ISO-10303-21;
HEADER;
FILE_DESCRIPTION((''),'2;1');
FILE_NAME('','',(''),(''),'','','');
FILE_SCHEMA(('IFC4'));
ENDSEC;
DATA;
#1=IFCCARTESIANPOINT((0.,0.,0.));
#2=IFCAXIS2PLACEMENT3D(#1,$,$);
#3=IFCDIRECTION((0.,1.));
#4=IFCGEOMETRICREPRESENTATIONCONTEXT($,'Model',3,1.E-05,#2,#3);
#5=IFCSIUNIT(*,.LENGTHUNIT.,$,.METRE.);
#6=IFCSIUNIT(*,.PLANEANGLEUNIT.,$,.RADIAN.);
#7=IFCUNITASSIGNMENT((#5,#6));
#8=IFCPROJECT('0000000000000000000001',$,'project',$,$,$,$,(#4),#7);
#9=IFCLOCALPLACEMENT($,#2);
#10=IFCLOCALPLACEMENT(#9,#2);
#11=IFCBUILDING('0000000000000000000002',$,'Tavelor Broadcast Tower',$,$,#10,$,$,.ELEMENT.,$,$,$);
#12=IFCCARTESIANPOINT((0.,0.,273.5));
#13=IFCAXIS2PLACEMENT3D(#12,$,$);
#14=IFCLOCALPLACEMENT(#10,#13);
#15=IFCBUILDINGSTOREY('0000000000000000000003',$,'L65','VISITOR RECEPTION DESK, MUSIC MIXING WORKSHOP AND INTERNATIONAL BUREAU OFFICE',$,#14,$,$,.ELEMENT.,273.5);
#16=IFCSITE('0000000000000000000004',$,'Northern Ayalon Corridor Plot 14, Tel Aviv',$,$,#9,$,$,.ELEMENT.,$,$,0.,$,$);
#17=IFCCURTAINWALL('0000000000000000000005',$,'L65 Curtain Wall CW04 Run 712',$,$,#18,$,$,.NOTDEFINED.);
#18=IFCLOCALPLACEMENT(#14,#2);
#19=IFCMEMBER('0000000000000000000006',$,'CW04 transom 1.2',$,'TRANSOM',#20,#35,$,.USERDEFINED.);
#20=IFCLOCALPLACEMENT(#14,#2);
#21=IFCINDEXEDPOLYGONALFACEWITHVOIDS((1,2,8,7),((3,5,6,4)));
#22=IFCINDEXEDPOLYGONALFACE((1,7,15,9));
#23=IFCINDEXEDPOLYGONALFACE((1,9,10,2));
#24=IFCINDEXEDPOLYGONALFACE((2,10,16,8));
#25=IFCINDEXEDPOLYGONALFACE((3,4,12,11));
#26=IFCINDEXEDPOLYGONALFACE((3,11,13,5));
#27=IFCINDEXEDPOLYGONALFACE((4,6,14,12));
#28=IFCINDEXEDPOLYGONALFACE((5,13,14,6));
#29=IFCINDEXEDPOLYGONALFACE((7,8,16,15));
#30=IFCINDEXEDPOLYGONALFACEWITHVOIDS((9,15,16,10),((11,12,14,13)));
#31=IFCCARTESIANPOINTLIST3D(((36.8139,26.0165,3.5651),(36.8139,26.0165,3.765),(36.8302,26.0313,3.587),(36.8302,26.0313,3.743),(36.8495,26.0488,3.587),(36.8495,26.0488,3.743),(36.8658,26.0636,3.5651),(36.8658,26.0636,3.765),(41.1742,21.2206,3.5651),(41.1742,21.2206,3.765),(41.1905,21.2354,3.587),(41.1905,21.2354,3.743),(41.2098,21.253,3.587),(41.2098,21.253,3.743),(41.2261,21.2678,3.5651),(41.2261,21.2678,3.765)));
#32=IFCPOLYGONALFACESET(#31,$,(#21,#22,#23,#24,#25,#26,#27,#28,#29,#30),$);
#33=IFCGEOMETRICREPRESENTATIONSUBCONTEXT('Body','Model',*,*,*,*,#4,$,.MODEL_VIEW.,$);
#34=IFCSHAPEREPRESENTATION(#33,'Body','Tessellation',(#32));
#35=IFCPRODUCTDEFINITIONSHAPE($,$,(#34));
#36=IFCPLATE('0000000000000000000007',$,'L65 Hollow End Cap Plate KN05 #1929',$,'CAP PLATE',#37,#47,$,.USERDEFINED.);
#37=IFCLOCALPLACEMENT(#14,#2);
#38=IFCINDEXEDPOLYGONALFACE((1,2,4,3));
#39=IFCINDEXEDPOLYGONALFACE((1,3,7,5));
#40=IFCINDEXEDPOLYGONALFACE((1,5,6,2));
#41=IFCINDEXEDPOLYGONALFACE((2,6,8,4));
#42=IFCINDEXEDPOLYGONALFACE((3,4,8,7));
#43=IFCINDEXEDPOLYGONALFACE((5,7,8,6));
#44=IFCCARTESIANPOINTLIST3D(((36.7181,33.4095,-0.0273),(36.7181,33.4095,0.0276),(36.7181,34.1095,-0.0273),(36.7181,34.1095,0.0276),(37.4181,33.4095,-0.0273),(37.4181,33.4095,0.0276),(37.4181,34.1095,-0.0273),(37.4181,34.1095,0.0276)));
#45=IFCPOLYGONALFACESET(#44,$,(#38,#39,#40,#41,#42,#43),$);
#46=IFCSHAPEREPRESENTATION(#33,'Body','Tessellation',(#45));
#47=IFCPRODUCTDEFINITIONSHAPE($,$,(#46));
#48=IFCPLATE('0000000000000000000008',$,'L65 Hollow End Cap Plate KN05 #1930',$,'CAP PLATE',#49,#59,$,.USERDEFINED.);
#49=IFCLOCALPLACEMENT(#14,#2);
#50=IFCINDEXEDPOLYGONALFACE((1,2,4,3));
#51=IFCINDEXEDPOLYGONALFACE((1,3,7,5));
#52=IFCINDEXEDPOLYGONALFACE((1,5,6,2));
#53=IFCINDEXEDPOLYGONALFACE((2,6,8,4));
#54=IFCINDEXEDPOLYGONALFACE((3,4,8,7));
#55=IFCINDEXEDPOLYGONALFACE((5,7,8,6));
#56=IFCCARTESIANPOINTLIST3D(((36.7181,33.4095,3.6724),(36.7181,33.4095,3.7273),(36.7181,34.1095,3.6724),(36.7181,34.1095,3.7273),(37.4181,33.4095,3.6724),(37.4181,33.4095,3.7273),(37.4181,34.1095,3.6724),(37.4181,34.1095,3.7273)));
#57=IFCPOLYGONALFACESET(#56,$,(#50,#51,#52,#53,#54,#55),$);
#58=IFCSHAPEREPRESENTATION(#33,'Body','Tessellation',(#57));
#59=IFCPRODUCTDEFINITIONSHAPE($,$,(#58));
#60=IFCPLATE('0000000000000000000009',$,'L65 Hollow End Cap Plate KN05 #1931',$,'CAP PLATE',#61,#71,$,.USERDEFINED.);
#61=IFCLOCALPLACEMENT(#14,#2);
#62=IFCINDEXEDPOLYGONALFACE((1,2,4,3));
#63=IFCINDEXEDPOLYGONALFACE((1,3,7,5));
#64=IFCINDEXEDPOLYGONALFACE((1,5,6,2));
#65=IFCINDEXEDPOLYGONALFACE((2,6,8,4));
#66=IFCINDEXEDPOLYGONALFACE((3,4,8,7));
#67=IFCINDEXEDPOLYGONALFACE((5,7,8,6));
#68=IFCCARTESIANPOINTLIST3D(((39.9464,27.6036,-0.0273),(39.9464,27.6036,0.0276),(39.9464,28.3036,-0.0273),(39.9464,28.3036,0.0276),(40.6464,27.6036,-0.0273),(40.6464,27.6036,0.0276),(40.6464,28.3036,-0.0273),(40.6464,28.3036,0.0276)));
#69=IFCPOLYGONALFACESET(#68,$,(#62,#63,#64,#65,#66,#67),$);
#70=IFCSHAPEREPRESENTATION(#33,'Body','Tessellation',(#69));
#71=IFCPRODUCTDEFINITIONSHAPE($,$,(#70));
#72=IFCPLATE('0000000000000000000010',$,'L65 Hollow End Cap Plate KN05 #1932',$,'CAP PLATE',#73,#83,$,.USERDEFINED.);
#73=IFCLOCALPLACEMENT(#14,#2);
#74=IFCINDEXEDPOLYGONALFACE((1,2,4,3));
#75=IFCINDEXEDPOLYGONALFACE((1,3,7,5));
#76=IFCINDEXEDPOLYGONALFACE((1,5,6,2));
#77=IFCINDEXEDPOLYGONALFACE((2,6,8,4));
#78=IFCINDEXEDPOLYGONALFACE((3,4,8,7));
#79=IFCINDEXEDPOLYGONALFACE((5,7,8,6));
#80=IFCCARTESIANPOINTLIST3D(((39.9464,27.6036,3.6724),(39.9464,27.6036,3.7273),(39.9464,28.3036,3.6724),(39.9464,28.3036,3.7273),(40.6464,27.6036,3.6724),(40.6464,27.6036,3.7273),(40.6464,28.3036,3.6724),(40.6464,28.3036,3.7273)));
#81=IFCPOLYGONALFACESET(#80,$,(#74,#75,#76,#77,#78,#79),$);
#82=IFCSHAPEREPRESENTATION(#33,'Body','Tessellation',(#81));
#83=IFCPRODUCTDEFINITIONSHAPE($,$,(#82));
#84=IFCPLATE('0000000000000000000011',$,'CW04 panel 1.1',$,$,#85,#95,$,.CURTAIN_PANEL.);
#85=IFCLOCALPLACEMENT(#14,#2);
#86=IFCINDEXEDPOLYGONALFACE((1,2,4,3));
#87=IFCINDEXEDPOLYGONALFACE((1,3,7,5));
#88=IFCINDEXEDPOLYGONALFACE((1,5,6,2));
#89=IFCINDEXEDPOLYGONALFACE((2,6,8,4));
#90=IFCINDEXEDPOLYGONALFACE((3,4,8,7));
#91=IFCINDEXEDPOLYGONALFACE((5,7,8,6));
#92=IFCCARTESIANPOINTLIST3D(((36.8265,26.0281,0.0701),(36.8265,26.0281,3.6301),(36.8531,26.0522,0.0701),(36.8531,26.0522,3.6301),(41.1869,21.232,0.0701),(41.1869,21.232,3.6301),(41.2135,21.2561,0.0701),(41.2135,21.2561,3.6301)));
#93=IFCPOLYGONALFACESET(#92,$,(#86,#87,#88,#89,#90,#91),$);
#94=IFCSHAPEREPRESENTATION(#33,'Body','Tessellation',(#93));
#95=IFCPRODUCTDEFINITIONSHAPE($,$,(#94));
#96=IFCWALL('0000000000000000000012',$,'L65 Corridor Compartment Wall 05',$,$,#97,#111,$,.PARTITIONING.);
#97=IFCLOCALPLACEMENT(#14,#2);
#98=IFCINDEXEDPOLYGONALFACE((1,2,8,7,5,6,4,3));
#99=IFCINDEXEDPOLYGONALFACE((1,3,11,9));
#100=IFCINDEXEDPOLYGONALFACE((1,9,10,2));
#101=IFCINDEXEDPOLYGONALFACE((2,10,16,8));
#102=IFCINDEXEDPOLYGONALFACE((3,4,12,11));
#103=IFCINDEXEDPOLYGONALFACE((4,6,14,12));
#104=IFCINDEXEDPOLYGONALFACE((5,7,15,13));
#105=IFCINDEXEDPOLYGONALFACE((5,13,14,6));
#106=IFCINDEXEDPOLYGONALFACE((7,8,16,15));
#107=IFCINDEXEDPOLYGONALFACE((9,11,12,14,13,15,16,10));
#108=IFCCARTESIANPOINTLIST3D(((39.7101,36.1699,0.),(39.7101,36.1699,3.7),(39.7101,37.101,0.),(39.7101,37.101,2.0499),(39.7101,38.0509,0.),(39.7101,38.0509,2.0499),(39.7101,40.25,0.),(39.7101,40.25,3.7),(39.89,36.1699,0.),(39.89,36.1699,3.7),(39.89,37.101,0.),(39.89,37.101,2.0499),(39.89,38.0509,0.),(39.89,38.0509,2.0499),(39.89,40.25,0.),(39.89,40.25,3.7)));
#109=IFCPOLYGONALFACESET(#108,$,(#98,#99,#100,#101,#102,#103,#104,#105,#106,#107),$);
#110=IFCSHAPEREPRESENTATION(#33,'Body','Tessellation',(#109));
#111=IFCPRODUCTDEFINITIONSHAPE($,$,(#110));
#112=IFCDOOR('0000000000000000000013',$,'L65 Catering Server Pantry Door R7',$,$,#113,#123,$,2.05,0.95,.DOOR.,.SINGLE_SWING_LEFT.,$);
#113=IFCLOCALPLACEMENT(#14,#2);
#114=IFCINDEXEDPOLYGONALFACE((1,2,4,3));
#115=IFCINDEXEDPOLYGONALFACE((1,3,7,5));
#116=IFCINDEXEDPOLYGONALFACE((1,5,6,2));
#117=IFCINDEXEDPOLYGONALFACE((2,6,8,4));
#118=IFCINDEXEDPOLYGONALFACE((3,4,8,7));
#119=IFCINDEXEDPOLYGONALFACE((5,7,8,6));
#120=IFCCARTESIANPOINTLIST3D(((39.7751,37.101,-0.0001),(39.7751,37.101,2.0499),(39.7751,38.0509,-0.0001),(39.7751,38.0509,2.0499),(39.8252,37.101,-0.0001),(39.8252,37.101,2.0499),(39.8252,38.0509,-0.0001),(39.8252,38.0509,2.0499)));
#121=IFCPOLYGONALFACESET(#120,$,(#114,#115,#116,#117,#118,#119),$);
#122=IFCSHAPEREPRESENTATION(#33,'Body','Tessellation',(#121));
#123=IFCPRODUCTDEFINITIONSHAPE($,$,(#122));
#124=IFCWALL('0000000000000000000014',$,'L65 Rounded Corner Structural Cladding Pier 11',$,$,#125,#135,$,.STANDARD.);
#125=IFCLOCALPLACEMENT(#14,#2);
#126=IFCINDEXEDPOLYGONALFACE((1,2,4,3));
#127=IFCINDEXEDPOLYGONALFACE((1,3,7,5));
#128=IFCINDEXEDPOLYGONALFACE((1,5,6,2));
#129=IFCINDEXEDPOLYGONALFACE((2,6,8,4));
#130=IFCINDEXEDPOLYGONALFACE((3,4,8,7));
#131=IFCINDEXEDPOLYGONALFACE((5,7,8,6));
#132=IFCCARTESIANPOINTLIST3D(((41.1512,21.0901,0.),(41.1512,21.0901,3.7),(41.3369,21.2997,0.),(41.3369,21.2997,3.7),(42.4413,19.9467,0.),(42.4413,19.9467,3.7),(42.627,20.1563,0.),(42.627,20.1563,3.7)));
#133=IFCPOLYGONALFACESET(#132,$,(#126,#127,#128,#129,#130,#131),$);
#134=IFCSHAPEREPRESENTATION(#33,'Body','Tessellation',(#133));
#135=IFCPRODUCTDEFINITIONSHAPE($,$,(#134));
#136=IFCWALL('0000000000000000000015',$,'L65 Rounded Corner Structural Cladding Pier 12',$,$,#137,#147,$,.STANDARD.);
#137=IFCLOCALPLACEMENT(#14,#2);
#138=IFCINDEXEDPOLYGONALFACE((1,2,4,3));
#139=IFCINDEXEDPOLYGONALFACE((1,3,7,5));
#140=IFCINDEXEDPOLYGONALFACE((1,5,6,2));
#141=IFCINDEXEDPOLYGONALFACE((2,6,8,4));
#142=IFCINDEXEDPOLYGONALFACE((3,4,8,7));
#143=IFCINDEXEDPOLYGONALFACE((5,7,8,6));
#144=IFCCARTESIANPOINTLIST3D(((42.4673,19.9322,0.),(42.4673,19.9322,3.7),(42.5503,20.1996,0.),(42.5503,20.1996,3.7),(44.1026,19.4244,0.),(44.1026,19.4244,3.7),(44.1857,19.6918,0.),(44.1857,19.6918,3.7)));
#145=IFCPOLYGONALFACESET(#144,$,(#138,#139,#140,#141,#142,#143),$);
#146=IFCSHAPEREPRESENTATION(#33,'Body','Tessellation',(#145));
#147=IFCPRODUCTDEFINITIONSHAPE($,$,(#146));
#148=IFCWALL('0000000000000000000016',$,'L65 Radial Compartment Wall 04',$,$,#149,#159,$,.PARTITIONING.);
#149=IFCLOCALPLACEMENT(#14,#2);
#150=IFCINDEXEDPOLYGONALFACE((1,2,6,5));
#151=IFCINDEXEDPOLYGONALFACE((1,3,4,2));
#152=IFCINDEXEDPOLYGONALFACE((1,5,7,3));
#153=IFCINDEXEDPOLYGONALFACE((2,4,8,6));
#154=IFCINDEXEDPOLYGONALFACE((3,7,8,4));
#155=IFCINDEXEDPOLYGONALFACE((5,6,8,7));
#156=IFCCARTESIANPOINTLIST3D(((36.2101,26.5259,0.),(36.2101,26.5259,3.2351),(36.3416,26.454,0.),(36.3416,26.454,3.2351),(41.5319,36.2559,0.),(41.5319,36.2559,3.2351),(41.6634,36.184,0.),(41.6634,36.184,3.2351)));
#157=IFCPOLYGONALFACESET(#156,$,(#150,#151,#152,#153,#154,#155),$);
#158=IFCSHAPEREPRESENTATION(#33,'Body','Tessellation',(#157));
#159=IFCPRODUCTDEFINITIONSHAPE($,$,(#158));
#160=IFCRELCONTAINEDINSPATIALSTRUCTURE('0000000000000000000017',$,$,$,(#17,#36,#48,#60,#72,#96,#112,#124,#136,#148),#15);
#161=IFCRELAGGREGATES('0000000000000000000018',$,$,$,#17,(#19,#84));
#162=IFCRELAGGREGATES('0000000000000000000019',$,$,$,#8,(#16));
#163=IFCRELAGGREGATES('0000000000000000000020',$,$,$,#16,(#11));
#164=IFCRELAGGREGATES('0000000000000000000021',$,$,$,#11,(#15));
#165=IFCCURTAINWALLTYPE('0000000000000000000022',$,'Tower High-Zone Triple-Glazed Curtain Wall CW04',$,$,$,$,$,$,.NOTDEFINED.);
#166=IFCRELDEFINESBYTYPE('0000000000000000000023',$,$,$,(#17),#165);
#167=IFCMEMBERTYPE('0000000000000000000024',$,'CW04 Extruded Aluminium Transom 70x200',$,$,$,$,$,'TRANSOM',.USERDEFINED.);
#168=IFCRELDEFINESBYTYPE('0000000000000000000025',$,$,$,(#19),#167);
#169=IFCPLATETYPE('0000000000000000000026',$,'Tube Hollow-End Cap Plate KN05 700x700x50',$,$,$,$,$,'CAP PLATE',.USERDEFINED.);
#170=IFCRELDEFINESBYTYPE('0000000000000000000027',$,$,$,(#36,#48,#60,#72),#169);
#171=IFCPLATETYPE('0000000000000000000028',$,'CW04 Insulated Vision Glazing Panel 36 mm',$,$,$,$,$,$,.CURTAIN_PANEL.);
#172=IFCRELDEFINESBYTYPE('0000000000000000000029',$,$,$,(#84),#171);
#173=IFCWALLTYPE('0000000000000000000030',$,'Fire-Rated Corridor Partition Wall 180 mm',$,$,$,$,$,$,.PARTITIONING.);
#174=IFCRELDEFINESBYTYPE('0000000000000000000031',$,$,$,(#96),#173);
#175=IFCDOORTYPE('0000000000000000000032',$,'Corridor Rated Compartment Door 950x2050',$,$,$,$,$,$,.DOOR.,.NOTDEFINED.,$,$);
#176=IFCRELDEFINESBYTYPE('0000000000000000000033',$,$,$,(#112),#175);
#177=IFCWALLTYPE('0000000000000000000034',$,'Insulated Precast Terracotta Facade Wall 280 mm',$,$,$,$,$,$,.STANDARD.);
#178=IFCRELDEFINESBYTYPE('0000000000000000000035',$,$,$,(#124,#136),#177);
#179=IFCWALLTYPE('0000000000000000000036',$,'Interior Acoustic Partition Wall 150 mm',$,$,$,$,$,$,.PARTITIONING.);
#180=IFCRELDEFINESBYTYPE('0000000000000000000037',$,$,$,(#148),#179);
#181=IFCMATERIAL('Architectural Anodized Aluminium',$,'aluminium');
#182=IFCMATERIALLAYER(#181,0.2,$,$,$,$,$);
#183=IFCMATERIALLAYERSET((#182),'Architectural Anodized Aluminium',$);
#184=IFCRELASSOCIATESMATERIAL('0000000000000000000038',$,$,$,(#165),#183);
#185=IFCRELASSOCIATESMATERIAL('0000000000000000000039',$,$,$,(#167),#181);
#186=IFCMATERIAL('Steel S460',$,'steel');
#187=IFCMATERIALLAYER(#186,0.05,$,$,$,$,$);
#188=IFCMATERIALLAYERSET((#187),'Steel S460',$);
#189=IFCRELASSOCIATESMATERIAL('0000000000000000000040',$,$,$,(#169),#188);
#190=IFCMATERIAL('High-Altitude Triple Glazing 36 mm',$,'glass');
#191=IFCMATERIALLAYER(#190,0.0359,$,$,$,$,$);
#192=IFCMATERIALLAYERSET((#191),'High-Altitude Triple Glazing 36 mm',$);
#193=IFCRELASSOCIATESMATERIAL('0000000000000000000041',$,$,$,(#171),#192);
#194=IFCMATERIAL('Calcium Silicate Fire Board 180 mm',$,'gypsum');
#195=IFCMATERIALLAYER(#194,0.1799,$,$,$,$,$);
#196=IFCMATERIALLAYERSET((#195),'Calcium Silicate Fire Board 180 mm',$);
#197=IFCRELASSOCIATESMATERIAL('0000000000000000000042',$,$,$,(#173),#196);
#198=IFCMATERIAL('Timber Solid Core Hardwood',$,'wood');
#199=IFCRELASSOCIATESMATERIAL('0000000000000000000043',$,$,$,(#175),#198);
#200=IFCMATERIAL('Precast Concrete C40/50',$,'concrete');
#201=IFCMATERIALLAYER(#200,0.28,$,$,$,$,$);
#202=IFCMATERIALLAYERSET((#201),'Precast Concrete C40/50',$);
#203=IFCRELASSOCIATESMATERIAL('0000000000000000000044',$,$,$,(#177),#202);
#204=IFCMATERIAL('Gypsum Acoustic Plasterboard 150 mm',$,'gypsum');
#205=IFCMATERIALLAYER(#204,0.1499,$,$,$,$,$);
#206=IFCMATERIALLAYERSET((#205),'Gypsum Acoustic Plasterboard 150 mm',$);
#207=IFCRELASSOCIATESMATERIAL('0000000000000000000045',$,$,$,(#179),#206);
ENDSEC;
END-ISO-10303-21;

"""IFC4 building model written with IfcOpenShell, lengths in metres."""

from ifc_helpers import new_model, si_unit, direction, frame, frame_2d, origin, origin_2d, place, context, subcontext, project, spatial, rectangle, hollow_rectangle, extrude, source, transform, mapped, material, layer, layer_set, material_profile, profile_set, type_object, type_shapes, element, fill, aggregate, save


model = new_model("IFC4")

# Units and contexts
model_context = context("Model", 3, precision=1e-05, world=origin(), true_north=direction((0.0, 1.0)))
body_context = subcontext(model_context, "Body", "Model", "MODEL_VIEW")
ifc_project = project(units=[si_unit("LENGTHUNIT", "METRE"), si_unit("PLANEANGLEUNIT", "RADIAN")], contexts=[model_context])

# Site, building, storey
site_placement = place(None, origin())
site = spatial("IfcSite", under=ifc_project, at=site_placement, Name="Northern Ayalon Corridor Plot 14, Tel Aviv", CompositionType="ELEMENT", RefElevation=0.0)
building_placement = place(site_placement, origin())
building = spatial("IfcBuilding", under=site, at=building_placement, Name="Tavelor Broadcast Tower", CompositionType="ELEMENT")
storey_placement = place(building_placement, frame((0.0, 0.0, 273.5)))
storey = spatial("IfcBuildingStorey", under=building, at=storey_placement, Name="L65", Description="VISITOR RECEPTION DESK, MUSIC MIXING WORKSHOP AND INTERNATIONAL BUREAU OFFICE", CompositionType="ELEMENT", Elevation=273.5)

# Shared definitions
ifc_material_1 = material(Name="Steel S460", Category="steel")

# Curtain wall, member
ifc_material_2 = material(Name="Architectural Anodized Aluminium", Category="aluminium")
ifc_layer_1 = layer(ifc_material_2, 0.2)
ifc_layer_set_1 = layer_set([ifc_layer_1], Name="Architectural Anodized Aluminium")
curtain_wall_type = type_object("IfcCurtainWallType", Name="Tower High-Zone Triple-Glazed Curtain Wall CW04", PredefinedType="NOTDEFINED", material=ifc_layer_set_1)
curtain_wall_placement = place(storey_placement, origin())
curtain_wall = element("IfcCurtainWall", 1, at=curtain_wall_placement, inside=storey, type_object=curtain_wall_type, Name="L65 Curtain Wall CW04 Run 712", PredefinedType="NOTDEFINED")
ifc_material_profile_1 = material_profile(ifc_material_2, hollow_rectangle(XDim=0.0701, YDim=0.2, WallThickness=0.022, at=origin_2d()), Name="RHS 70x200x22")
ifc_profile_set_1 = profile_set([ifc_material_profile_1], Name="Architectural Anodized Aluminium")
member_type_1 = type_object("IfcMemberType", Name="CW04 Extruded Aluminium Transom 70x200", ElementType="TRANSOM", PredefinedType="USERDEFINED", material=ifc_profile_set_1)
shared_shape_1 = source(origin(), body_context, "Body", "SweptSolid", [
    extrude(hollow_rectangle(XDim=0.0701, YDim=0.2, WallThickness=0.022, at=origin_2d()), origin(), (0.0, 0.0, 1.0), 6.4817),
])
type_shapes(member_type_1, [shared_shape_1])
member_1_placement = place(storey_placement, frame((36.8398, 26.04, 3.665), z_axis=(0.67271, -0.739906, 0.0), x_axis=(0.739906, 0.67271, 0.0)))
member_1 = element("IfcMember", 2, at=member_1_placement, type_object=member_type_1, Name="CW04 transom 1.2", ObjectType="TRANSOM", PredefinedType="USERDEFINED", context=body_context, shape_type="MappedRepresentation", body=[
    mapped(shared_shape_1, transform((0.0, 0.0, 0.0), scale=1.0)),
])

# Plates
ifc_layer_2 = layer(ifc_material_1, 0.05)
ifc_layer_set_2 = layer_set([ifc_layer_2], Name="Steel S460")
plate_type_1 = type_object("IfcPlateType", Name="Tube Hollow-End Cap Plate KN05 700x700x50", ElementType="CAP PLATE", PredefinedType="USERDEFINED", material=ifc_layer_set_2)
shared_shape_2 = source(origin(), body_context, "Body", "SweptSolid", [
    extrude(rectangle(XDim=0.7, YDim=0.7, at=origin_2d()), origin(), (0.0, 0.0, 1.0), 0.0549),
])
type_shapes(plate_type_1, [shared_shape_2])
for number, where, z_axis, x_axis, name in (
    (3, (37.0681, 33.7595, -0.0273), (0.0, 0.0, 1.0), (1.0, 0.0, 0.0), "L65 Hollow End Cap Plate KN05 #1929"),
    (4, (37.0681, 33.7595, 3.6724), (0.0, 0.0, 1.0), (1.0, 0.0, 0.0), "L65 Hollow End Cap Plate KN05 #1930"),
    (5, (40.2964, 27.9536, -0.0273), (0.0, 0.0, 1.0), (1.0, 0.0, 0.0), "L65 Hollow End Cap Plate KN05 #1931"),
    (6, (40.2964, 27.9536, 3.6724), (0.0, 0.0, 1.0), (1.0, 0.0, 0.0), "L65 Hollow End Cap Plate KN05 #1932"),
):
    element("IfcPlate", number, at=place(storey_placement, frame(where, z_axis=z_axis, x_axis=x_axis)), inside=storey, type_object=plate_type_1, Name=name, ObjectType="CAP PLATE", PredefinedType="USERDEFINED", context=body_context, shape_type="MappedRepresentation", body=[
        mapped(shared_shape_2, transform((0.0, 0.0, 0.0), scale=1.0)),
    ])

# Plate
ifc_material_3 = material(Name="High-Altitude Triple Glazing 36 mm", Category="glass")
ifc_layer_3 = layer(ifc_material_3, 0.0359)
ifc_layer_set_3 = layer_set([ifc_layer_3], Name="High-Altitude Triple Glazing 36 mm")
plate_type_2 = type_object("IfcPlateType", Name="CW04 Insulated Vision Glazing Panel 36 mm", PredefinedType="CURTAIN_PANEL", material=ifc_layer_set_3)
shared_shape_3 = source(origin(), body_context, "Body", "SweptSolid", [
    extrude(rectangle(XDim=6.4819, YDim=0.0359, at=origin_2d()), origin(), (0.0, 0.0, 1.0), 3.5601),
])
type_shapes(plate_type_2, [shared_shape_3])
plate_placement = place(storey_placement, frame((39.02, 23.6421, 0.0701), z_axis=(0.0, 0.0, 1.0), x_axis=(0.672699, -0.739916, 0.0)))
plate = element("IfcPlate", 7, at=plate_placement, type_object=plate_type_2, Name="CW04 panel 1.1", PredefinedType="CURTAIN_PANEL", context=body_context, shape_type="MappedRepresentation", body=[
    mapped(shared_shape_3, transform((0.0, 0.0, 0.0), scale=1.0)),
])
aggregate(curtain_wall, [member_1, plate])

# Wall, opening, door
ifc_material_4 = material(Name="Calcium Silicate Fire Board 180 mm", Category="gypsum")
ifc_layer_4 = layer(ifc_material_4, 0.1799)
ifc_layer_set_4 = layer_set([ifc_layer_4], Name="Calcium Silicate Fire Board 180 mm")
wall_type_1 = type_object("IfcWallType", Name="Fire-Rated Corridor Partition Wall 180 mm", PredefinedType="PARTITIONING", material=ifc_layer_set_4)
wall_1_placement = place(storey_placement, frame((39.8, 36.1699, 0.0), z_axis=(0.0, 0.0, 1.0), x_axis=(0.0, 1.0, 0.0)))
wall_1 = element("IfcWall", 8, at=wall_1_placement, inside=storey, type_object=wall_type_1, Name="L65 Corridor Compartment Wall 05", PredefinedType="PARTITIONING", context=body_context, shape_type="SweptSolid", body=[
    extrude(rectangle(XDim=4.0801, YDim=0.1799, at=frame_2d((2.04, 0.0))), origin(), (0.0, 0.0, 1.0), 3.7),
])
opening_placement = place(wall_1_placement, frame((0.9309, 0.0, 0.0)))
opening = element("IfcOpeningElement", 9, at=opening_placement, cuts=wall_1, PredefinedType="OPENING", context=body_context, shape_type="SweptSolid", body=[
    extrude(rectangle(XDim=0.95, YDim=2.05, at=frame_2d((0.4751, 1.0249))), frame((0.0, 0.1001, 0.0), z_axis=(0.0, -1.0, 0.0), x_axis=(1.0, 0.0, 0.0)), (0.0, 0.0, 1.0), 0.2),
])
ifc_material_5 = material(Name="Timber Solid Core Hardwood", Category="wood")
door_type = type_object("IfcDoorType", Name="Corridor Rated Compartment Door 950x2050", OperationType="NOTDEFINED", PredefinedType="DOOR", material=ifc_material_5)
door_placement = place(opening_placement, origin())
door = element("IfcDoor", 10, at=door_placement, inside=storey, type_object=door_type, Name="L65 Catering Server Pantry Door R7", OperationType="SINGLE_SWING_LEFT", OverallHeight=2.05, OverallWidth=0.95, PredefinedType="DOOR", context=body_context, shape_type="SweptSolid", body=[
    extrude(rectangle(XDim=0.95, YDim=2.05, at=frame_2d((0.4751, 1.0249))), frame((0.0, 0.0249, 0.0), z_axis=(0.0, -1.0, 0.0), x_axis=(1.0, 0.0, 0.0)), (0.0, 0.0, 1.0), 0.05),
])
fill(opening, door)

# Walls
ifc_material_6 = material(Name="Precast Concrete C40/50", Category="concrete")
ifc_layer_5 = layer(ifc_material_6, 0.28)
ifc_layer_set_5 = layer_set([ifc_layer_5], Name="Precast Concrete C40/50")
wall_type_2 = type_object("IfcWallType", Name="Insulated Precast Terracotta Facade Wall 280 mm", PredefinedType="STANDARD", material=ifc_layer_set_5)
wall_2_placement = place(storey_placement, frame((41.2441, 21.1948, 0.0), z_axis=(0.0, 0.0, 1.0), x_axis=(0.748385, -0.663264, 0.0)))
element("IfcWall", 11, at=wall_2_placement, inside=storey, type_object=wall_type_2, Name="L65 Rounded Corner Structural Cladding Pier 11", PredefinedType="STANDARD", context=body_context, shape_type="SweptSolid", body=[
    extrude(rectangle(XDim=1.7239, YDim=0.28, at=frame_2d((0.8618, 0.0))), origin(), (0.0, 0.0, 1.0), 3.7),
])
wall_3_placement = place(storey_placement, frame((42.5088, 20.0659, 0.0), z_axis=(0.0, 0.0, 1.0), x_axis=(0.955011, -0.29657, 0.0)))
element("IfcWall", 12, at=wall_3_placement, inside=storey, type_object=wall_type_2, Name="L65 Rounded Corner Structural Cladding Pier 12", PredefinedType="STANDARD", context=body_context, shape_type="SweptSolid", body=[
    extrude(rectangle(XDim=1.7124, YDim=0.28, at=frame_2d((0.8562, 0.0))), origin(), (0.0, 0.0, 1.0), 3.7),
])
ifc_material_7 = material(Name="Gypsum Acoustic Plasterboard 150 mm", Category="gypsum")
ifc_layer_6 = layer(ifc_material_7, 0.1499)
ifc_layer_set_6 = layer_set([ifc_layer_6], Name="Gypsum Acoustic Plasterboard 150 mm")
wall_type_3 = type_object("IfcWallType", Name="Interior Acoustic Partition Wall 150 mm", PredefinedType="PARTITIONING", material=ifc_layer_set_6)
wall_4_placement = place(storey_placement, frame((41.5977, 36.22, 0.0), z_axis=(0.0, 0.0, 1.0), x_axis=(-0.479861, -0.877345, 0.0)))
element("IfcWall", 13, at=wall_4_placement, inside=storey, type_object=wall_type_3, Name="L65 Radial Compartment Wall 04", PredefinedType="PARTITIONING", context=body_context, shape_type="SweptSolid", body=[
    extrude(rectangle(XDim=11.0903, YDim=0.1499, at=frame_2d((5.5452, 0.0))), origin(), (0.0, 0.0, 1.0), 3.2351),
])

save(model, "model.ifc")
